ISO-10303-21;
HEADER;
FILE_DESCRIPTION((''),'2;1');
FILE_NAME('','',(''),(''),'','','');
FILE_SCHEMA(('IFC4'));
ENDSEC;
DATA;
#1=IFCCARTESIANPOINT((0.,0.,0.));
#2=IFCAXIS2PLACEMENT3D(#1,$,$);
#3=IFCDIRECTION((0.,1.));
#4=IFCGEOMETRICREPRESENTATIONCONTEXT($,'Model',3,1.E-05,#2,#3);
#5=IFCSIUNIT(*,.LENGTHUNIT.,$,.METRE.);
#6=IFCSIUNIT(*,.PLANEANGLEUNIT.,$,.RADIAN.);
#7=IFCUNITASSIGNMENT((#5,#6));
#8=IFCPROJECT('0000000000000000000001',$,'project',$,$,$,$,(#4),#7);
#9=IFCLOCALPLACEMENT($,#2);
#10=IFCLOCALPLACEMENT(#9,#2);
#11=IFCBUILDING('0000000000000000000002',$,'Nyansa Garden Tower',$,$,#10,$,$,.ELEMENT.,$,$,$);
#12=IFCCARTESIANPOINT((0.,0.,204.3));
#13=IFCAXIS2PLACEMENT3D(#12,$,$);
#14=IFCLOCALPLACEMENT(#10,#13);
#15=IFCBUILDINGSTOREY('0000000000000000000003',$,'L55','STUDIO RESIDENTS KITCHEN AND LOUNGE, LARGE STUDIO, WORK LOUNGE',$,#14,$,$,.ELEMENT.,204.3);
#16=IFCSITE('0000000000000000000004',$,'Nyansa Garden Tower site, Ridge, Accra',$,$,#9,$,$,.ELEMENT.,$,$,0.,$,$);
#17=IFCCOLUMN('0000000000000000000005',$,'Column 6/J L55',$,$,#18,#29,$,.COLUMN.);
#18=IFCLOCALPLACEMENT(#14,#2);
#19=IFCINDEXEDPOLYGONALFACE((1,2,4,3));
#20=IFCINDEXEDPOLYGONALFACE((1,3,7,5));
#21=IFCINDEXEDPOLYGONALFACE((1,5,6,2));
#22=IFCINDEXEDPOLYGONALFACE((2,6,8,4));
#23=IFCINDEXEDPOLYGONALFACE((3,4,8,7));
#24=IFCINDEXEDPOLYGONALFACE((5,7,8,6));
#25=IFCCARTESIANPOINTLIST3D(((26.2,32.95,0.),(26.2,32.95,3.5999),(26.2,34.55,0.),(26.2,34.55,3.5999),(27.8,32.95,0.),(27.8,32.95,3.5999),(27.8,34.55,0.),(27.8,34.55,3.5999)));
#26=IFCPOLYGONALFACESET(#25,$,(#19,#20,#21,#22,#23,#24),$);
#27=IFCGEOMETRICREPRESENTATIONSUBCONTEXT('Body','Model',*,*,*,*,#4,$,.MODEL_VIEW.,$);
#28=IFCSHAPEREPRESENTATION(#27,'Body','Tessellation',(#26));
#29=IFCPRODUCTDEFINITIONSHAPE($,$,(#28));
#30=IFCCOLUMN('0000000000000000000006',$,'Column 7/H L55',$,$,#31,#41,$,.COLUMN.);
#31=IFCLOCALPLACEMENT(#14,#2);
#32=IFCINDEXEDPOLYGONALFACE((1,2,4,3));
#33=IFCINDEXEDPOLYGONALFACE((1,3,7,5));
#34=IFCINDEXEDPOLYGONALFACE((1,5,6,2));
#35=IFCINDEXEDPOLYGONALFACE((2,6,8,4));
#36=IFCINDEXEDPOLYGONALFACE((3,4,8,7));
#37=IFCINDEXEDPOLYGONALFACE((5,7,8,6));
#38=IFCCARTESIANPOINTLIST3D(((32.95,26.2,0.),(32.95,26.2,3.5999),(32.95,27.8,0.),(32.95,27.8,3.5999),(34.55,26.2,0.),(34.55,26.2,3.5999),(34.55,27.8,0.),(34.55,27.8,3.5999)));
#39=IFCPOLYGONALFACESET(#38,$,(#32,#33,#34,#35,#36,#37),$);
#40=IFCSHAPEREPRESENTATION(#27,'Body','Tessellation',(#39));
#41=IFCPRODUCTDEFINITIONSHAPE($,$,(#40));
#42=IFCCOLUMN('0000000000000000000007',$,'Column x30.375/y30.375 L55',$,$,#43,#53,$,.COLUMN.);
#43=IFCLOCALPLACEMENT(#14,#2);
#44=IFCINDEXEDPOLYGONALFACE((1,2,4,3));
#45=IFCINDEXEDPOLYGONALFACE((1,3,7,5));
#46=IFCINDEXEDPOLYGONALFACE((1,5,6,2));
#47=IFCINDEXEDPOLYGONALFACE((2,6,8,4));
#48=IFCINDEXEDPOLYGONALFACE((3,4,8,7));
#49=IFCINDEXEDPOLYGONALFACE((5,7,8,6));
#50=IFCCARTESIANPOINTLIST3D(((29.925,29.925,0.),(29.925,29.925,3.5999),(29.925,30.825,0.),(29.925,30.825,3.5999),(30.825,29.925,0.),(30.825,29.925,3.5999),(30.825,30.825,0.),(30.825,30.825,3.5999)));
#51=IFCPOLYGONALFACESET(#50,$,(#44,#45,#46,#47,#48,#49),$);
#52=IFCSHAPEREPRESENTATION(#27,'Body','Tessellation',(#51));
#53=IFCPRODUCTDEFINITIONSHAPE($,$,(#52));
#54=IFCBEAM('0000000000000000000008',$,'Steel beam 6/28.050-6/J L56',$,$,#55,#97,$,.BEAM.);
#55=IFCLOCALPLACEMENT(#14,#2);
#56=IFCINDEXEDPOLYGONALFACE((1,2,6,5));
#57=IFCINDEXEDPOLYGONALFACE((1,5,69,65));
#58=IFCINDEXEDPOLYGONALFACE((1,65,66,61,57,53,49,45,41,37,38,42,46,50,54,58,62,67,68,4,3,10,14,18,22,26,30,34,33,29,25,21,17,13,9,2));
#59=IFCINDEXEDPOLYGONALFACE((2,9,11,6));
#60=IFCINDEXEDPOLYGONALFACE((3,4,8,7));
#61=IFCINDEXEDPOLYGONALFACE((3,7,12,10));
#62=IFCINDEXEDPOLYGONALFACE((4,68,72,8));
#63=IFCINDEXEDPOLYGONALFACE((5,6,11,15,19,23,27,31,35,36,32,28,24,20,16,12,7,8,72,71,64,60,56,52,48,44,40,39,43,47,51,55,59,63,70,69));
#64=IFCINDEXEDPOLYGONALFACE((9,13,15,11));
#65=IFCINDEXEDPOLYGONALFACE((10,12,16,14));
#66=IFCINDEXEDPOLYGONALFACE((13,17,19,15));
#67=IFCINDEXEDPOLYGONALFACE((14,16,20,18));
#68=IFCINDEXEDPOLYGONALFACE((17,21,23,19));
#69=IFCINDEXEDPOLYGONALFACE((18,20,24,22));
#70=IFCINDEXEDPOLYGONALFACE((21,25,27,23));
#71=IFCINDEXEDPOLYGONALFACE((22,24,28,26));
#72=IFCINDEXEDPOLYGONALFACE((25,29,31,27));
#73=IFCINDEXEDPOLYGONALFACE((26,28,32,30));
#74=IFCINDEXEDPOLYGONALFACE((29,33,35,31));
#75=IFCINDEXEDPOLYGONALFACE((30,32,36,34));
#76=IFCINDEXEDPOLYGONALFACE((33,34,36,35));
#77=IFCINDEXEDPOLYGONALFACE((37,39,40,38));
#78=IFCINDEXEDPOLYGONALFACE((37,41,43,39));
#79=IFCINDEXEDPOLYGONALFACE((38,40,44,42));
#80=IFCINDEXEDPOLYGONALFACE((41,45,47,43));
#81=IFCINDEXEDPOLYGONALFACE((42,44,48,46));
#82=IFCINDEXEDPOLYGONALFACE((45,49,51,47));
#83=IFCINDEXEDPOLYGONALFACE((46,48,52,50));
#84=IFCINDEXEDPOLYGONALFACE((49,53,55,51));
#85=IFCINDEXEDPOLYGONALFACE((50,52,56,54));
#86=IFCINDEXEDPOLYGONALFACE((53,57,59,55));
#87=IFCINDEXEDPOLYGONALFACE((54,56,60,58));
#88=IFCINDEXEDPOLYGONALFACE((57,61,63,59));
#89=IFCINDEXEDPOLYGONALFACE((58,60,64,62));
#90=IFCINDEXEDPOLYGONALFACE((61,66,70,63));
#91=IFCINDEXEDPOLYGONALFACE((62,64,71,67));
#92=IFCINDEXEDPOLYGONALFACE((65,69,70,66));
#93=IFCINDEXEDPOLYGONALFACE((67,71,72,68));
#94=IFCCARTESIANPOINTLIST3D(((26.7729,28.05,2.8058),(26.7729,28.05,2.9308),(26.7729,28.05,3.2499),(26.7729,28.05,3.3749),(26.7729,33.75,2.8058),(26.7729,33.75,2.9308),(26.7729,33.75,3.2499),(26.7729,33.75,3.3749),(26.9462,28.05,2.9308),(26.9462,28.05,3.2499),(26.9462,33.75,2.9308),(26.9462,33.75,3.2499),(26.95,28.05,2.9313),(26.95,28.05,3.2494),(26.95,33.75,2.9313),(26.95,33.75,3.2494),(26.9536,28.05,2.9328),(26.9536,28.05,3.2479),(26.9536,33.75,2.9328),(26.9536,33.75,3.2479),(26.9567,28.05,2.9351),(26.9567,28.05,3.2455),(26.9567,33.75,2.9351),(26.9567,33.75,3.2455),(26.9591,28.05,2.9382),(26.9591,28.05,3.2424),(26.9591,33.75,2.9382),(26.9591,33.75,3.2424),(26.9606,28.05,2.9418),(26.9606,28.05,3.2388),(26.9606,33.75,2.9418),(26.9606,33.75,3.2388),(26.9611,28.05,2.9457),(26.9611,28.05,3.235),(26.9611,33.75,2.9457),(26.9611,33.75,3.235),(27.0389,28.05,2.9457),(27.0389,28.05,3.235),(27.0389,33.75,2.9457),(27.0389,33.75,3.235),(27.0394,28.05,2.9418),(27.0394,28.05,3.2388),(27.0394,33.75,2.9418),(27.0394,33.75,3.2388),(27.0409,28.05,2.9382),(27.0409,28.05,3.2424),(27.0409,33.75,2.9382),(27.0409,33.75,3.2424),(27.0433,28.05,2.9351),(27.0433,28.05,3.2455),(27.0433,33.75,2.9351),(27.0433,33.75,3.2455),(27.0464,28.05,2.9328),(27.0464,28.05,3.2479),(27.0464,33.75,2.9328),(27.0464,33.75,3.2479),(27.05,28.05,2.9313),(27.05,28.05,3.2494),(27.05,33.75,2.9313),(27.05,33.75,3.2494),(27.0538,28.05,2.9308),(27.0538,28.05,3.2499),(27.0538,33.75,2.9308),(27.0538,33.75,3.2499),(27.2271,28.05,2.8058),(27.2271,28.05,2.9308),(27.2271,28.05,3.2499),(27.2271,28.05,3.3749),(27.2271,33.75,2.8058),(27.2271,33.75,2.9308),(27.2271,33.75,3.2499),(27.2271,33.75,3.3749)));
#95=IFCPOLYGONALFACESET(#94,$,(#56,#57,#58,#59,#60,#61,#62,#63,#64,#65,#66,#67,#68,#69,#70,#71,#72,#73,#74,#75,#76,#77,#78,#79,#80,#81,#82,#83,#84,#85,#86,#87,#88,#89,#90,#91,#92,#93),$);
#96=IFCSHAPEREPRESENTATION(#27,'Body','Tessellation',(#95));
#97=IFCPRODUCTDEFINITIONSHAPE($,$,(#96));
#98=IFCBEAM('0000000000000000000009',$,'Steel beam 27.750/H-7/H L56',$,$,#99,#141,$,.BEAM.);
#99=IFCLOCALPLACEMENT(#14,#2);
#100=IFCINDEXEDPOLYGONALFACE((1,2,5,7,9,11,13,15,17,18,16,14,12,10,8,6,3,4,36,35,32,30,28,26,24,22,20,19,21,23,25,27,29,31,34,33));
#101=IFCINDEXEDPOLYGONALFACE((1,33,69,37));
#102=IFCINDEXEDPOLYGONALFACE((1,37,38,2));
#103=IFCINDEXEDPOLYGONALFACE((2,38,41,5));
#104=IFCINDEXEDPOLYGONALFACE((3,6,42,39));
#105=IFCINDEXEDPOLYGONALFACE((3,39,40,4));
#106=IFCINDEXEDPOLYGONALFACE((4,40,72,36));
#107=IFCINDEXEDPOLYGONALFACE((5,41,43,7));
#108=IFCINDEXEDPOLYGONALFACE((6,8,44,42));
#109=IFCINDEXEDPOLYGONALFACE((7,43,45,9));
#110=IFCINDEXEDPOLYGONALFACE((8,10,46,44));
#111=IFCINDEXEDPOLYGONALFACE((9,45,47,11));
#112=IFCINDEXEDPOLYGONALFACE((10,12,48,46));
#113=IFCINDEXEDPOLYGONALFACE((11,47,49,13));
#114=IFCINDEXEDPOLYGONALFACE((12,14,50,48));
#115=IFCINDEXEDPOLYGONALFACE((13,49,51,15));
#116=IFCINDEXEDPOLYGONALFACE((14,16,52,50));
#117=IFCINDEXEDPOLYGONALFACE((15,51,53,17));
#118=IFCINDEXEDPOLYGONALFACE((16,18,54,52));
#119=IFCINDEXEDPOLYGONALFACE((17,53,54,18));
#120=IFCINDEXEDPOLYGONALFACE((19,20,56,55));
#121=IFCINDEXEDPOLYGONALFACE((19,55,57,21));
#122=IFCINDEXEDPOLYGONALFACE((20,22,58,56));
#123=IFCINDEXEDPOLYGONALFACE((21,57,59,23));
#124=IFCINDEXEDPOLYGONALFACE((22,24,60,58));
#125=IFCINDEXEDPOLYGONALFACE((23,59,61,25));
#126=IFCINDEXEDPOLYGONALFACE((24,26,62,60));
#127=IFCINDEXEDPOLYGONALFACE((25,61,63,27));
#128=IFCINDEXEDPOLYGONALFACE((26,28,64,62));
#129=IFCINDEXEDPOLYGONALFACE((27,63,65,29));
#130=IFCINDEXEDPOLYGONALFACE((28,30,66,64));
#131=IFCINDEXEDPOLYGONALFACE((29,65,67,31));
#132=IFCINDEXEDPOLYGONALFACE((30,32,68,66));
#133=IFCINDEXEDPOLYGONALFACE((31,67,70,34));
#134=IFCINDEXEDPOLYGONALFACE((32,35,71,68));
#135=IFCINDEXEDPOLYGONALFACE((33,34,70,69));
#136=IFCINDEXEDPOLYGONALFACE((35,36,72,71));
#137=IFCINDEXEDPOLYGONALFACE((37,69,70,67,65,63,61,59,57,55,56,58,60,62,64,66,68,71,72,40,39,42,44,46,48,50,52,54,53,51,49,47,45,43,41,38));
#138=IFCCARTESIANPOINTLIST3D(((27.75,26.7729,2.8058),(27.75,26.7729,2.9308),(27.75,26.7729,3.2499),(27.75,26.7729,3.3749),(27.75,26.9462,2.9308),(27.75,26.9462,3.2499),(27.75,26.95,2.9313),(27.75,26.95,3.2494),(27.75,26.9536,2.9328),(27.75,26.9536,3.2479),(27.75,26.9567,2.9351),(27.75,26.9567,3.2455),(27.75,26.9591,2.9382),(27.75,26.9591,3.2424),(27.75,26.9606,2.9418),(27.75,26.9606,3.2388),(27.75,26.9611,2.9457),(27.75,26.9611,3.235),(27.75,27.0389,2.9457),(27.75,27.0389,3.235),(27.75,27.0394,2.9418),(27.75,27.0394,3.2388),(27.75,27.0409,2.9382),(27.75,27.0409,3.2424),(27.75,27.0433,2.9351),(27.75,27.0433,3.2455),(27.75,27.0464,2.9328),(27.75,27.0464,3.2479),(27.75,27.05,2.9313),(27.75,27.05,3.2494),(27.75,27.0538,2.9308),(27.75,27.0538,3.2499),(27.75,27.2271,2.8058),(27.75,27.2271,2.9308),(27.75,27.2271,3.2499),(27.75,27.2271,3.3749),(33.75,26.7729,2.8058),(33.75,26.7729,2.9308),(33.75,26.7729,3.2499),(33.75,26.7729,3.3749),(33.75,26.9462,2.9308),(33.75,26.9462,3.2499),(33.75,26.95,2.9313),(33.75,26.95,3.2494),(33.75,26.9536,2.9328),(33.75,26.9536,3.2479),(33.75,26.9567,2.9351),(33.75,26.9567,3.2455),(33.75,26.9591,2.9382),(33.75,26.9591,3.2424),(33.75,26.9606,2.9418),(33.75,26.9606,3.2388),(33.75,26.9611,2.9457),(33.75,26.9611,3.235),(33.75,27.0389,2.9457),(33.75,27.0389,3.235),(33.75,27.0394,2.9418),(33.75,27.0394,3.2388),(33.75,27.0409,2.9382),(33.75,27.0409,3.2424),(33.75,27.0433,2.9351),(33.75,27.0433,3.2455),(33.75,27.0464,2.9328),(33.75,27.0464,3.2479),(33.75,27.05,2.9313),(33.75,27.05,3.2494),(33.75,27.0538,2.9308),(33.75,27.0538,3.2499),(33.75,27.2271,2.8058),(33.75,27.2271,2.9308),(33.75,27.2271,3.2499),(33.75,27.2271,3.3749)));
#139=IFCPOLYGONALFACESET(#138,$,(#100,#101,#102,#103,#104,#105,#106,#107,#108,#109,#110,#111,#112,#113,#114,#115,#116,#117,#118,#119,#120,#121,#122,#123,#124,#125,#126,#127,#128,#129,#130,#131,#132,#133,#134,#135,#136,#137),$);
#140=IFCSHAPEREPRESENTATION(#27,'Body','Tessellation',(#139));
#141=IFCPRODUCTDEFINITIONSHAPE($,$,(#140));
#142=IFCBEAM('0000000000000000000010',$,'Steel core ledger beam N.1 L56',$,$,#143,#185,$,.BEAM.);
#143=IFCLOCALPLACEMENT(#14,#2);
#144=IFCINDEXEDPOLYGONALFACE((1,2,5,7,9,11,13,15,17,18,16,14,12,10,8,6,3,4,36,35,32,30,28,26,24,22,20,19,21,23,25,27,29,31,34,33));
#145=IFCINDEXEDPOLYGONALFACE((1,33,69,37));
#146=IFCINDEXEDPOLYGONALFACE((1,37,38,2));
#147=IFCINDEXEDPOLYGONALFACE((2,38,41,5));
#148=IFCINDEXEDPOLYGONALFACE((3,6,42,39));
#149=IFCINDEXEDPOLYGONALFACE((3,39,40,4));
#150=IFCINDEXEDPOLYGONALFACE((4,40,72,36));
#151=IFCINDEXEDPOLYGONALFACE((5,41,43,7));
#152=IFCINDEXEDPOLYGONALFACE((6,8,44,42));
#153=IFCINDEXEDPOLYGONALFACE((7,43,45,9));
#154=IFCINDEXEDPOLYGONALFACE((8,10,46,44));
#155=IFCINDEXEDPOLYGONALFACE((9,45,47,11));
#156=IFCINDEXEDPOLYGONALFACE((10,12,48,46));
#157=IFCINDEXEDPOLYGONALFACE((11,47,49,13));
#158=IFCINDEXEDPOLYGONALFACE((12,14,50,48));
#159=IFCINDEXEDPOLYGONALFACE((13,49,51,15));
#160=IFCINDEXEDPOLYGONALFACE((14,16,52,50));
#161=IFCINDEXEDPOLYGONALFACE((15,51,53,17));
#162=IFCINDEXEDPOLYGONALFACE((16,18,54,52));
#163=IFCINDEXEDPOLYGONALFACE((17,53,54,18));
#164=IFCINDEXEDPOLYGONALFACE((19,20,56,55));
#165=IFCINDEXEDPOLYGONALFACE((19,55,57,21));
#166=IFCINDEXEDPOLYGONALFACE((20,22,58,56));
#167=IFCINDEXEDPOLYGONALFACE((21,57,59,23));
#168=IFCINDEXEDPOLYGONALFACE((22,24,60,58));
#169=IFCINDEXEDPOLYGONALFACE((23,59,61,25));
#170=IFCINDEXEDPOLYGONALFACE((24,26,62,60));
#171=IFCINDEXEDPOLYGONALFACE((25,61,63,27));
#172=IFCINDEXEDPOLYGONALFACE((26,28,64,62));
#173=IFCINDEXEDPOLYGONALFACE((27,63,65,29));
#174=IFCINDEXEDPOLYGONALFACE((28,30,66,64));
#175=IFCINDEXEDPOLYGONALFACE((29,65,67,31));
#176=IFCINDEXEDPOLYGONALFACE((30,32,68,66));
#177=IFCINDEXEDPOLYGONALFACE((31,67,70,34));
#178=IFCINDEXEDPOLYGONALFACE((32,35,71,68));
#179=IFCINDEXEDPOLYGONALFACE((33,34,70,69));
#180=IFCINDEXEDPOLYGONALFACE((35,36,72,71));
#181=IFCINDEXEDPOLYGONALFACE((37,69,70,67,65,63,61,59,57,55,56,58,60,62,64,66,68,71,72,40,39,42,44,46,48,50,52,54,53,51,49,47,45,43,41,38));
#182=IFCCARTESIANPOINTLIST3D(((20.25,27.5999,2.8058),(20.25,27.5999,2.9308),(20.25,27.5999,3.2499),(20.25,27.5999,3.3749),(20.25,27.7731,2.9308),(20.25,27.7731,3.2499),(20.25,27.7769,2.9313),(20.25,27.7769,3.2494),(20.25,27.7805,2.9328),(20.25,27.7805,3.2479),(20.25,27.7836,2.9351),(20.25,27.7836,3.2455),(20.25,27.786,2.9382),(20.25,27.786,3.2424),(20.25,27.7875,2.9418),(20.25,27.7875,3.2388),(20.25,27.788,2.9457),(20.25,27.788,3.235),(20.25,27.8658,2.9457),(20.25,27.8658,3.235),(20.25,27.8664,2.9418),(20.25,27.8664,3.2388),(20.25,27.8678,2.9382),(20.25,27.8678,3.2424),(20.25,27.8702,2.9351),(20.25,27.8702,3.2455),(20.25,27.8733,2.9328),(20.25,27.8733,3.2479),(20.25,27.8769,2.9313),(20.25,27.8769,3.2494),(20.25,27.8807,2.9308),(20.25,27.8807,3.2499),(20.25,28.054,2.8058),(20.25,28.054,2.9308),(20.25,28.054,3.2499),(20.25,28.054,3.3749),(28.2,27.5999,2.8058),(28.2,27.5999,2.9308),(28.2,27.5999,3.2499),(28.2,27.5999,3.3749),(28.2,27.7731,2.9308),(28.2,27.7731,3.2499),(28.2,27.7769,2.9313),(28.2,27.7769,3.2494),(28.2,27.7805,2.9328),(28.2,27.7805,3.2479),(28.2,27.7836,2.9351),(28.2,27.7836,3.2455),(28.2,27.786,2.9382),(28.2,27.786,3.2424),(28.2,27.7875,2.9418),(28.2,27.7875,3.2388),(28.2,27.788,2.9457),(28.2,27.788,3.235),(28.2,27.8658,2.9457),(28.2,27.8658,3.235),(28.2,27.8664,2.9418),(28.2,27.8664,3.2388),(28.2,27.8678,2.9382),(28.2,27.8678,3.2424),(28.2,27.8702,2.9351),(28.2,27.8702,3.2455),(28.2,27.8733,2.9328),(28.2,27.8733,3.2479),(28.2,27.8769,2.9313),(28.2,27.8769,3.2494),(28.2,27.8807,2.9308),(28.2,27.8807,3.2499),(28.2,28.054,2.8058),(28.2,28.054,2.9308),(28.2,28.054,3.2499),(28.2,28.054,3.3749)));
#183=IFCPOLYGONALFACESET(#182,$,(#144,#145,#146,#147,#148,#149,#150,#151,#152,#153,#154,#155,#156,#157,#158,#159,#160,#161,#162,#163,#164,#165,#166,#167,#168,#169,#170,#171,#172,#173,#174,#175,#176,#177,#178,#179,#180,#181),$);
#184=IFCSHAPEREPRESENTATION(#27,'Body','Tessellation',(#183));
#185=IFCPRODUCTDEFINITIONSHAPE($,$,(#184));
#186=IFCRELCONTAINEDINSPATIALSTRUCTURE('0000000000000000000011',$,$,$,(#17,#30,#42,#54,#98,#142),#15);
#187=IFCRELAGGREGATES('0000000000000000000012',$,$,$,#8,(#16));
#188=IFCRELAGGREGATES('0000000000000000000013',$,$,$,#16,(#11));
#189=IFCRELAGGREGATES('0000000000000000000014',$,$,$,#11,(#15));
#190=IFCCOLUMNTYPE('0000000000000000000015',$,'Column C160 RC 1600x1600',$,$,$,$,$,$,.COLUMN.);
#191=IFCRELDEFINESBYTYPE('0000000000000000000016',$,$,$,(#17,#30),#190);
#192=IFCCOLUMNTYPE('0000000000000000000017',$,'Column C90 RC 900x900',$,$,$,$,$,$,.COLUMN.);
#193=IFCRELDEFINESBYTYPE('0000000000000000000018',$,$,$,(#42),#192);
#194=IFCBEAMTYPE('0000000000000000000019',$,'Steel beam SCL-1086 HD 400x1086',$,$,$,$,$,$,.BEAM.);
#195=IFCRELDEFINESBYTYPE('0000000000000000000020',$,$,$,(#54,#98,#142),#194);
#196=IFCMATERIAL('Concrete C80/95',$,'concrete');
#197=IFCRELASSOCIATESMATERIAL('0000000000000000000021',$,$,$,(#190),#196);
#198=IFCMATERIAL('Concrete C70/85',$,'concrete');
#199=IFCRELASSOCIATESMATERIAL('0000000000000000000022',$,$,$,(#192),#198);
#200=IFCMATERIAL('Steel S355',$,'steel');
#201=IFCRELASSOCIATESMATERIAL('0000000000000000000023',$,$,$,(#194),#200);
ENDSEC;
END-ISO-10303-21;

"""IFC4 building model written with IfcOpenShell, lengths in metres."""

from ifc_helpers import new_model, si_unit, direction, frame, origin, origin_2d, place, context, subcontext, project, spatial, rectangle, i_section, extrude, material, material_profile, profile_set, type_object, element, save


model = new_model("IFC4")

# Units and contexts
model_context = context("Model", 3, precision=1e-05, world=origin(), true_north=direction((0.0, 1.0)))
body_context = subcontext(model_context, "Body", "Model", "MODEL_VIEW")
ifc_project = project(units=[si_unit("LENGTHUNIT", "METRE"), si_unit("PLANEANGLEUNIT", "RADIAN")], contexts=[model_context])

# Site, building, storey
site_placement = place(None, origin())
site = spatial("IfcSite", under=ifc_project, at=site_placement, Name="Nyansa Garden Tower site, Ridge, Accra", CompositionType="ELEMENT", RefElevation=0.0)
building_placement = place(site_placement, origin())
building = spatial("IfcBuilding", under=site, at=building_placement, Name="Nyansa Garden Tower", CompositionType="ELEMENT")
storey_placement = place(building_placement, frame((0.0, 0.0, 204.3)))
storey = spatial("IfcBuildingStorey", under=building, at=storey_placement, Name="L55", Description="STUDIO RESIDENTS KITCHEN AND LOUNGE, LARGE STUDIO, WORK LOUNGE", CompositionType="ELEMENT", Elevation=204.3)

# Columns
ifc_material_1 = material(Name="Concrete C80/95", Category="concrete")
ifc_material_profile_1 = material_profile(ifc_material_1, rectangle(XDim=1.6001, YDim=1.6001, at=origin_2d()), Name="RC 1600x1600")
ifc_profile_set_1 = profile_set([ifc_material_profile_1], Name="Concrete C80/95")
column_type_1 = type_object("IfcColumnType", Name="Column C160 RC 1600x1600", PredefinedType="COLUMN", material=ifc_profile_set_1)
for number, where, z_axis, x_axis, name in (
    (1, (27.0, 33.75, 0.0), (0.0, 0.0, 1.0), (1.0, 0.0, 0.0), "Column 6/J L55"),
    (2, (33.75, 27.0, 0.0), (0.0, 0.0, 1.0), (1.0, 0.0, 0.0), "Column 7/H L55"),
):
    element("IfcColumn", number, at=place(storey_placement, frame(where, z_axis=z_axis, x_axis=x_axis)), inside=storey, type_object=column_type_1, Name=name, PredefinedType="COLUMN", context=body_context, shape_type="SweptSolid", body=[
        extrude(rectangle(XDim=1.6001, YDim=1.6001, at=origin_2d()), origin(), (0.0, 0.0, 1.0), 3.5999),
    ])
ifc_material_2 = material(Name="Concrete C70/85", Category="concrete")
ifc_material_profile_2 = material_profile(ifc_material_2, rectangle(XDim=0.8999, YDim=0.8999, at=origin_2d()), Name="RC 900x900")
ifc_profile_set_2 = profile_set([ifc_material_profile_2], Name="Concrete C70/85")
column_type_2 = type_object("IfcColumnType", Name="Column C90 RC 900x900", PredefinedType="COLUMN", material=ifc_profile_set_2)
column_placement = place(storey_placement, frame((30.375, 30.375, 0.0), z_axis=(0.0, 0.0, 1.0), x_axis=(1.0, 0.0, 0.0)))
element("IfcColumn", 3, at=column_placement, inside=storey, type_object=column_type_2, Name="Column x30.375/y30.375 L55", PredefinedType="COLUMN", context=body_context, shape_type="SweptSolid", body=[
    extrude(rectangle(XDim=0.8999, YDim=0.8999, at=origin_2d()), origin(), (0.0, 0.0, 1.0), 3.5999),
])

# Beams
ifc_material_3 = material(Name="Steel S355", Category="steel")
ifc_material_profile_3 = material_profile(ifc_material_3, i_section(OverallWidth=0.4541, OverallDepth=0.5691, WebThickness=0.0779, FlangeThickness=0.125, FilletRadius=0.0149, at=origin_2d()), Name="HD 400x1086")
ifc_profile_set_3 = profile_set([ifc_material_profile_3], Name="Steel S355")
beam_type_1 = type_object("IfcBeamType", Name="Steel beam SCL-1086 HD 400x1086", PredefinedType="BEAM", material=ifc_profile_set_3)
beam_1_placement = place(storey_placement, frame((27.0, 28.05, 3.0903), z_axis=(0.0, 1.0, 0.0), x_axis=(-1.0, 0.0, 0.0)))
element("IfcBeam", 4, at=beam_1_placement, inside=storey, type_object=beam_type_1, Name="Steel beam 6/28.050-6/J L56", PredefinedType="BEAM", context=body_context, shape_type="SweptSolid", body=[
    extrude(i_section(OverallWidth=0.4541, OverallDepth=0.5691, WebThickness=0.0779, FlangeThickness=0.125, FilletRadius=0.0149, at=origin_2d()), origin(), (0.0, 0.0, 1.0), 5.7),
])
beam_2_placement = place(storey_placement, frame((27.75, 27.0, 3.0903), z_axis=(1.0, 0.0, 0.0), x_axis=(0.0, 1.0, 0.0)))
element("IfcBeam", 5, at=beam_2_placement, inside=storey, type_object=beam_type_1, Name="Steel beam 27.750/H-7/H L56", PredefinedType="BEAM", context=body_context, shape_type="SweptSolid", body=[
    extrude(i_section(OverallWidth=0.4541, OverallDepth=0.5691, WebThickness=0.0779, FlangeThickness=0.125, FilletRadius=0.0149, at=origin_2d()), origin(), (0.0, 0.0, 1.0), 6.0),
])
beam_3_placement = place(storey_placement, frame((28.2, 27.8269, 3.0903), z_axis=(-1.0, 0.0, 0.0), x_axis=(0.0, -1.0, 0.0)))
element("IfcBeam", 6, at=beam_3_placement, inside=storey, type_object=beam_type_1, Name="Steel core ledger beam N.1 L56", PredefinedType="BEAM", context=body_context, shape_type="SweptSolid", body=[
    extrude(i_section(OverallWidth=0.4541, OverallDepth=0.5691, WebThickness=0.0779, FlangeThickness=0.125, FilletRadius=0.0149, at=origin_2d()), origin(), (0.0, 0.0, 1.0), 7.95),
])

save(model, "model.ifc")
